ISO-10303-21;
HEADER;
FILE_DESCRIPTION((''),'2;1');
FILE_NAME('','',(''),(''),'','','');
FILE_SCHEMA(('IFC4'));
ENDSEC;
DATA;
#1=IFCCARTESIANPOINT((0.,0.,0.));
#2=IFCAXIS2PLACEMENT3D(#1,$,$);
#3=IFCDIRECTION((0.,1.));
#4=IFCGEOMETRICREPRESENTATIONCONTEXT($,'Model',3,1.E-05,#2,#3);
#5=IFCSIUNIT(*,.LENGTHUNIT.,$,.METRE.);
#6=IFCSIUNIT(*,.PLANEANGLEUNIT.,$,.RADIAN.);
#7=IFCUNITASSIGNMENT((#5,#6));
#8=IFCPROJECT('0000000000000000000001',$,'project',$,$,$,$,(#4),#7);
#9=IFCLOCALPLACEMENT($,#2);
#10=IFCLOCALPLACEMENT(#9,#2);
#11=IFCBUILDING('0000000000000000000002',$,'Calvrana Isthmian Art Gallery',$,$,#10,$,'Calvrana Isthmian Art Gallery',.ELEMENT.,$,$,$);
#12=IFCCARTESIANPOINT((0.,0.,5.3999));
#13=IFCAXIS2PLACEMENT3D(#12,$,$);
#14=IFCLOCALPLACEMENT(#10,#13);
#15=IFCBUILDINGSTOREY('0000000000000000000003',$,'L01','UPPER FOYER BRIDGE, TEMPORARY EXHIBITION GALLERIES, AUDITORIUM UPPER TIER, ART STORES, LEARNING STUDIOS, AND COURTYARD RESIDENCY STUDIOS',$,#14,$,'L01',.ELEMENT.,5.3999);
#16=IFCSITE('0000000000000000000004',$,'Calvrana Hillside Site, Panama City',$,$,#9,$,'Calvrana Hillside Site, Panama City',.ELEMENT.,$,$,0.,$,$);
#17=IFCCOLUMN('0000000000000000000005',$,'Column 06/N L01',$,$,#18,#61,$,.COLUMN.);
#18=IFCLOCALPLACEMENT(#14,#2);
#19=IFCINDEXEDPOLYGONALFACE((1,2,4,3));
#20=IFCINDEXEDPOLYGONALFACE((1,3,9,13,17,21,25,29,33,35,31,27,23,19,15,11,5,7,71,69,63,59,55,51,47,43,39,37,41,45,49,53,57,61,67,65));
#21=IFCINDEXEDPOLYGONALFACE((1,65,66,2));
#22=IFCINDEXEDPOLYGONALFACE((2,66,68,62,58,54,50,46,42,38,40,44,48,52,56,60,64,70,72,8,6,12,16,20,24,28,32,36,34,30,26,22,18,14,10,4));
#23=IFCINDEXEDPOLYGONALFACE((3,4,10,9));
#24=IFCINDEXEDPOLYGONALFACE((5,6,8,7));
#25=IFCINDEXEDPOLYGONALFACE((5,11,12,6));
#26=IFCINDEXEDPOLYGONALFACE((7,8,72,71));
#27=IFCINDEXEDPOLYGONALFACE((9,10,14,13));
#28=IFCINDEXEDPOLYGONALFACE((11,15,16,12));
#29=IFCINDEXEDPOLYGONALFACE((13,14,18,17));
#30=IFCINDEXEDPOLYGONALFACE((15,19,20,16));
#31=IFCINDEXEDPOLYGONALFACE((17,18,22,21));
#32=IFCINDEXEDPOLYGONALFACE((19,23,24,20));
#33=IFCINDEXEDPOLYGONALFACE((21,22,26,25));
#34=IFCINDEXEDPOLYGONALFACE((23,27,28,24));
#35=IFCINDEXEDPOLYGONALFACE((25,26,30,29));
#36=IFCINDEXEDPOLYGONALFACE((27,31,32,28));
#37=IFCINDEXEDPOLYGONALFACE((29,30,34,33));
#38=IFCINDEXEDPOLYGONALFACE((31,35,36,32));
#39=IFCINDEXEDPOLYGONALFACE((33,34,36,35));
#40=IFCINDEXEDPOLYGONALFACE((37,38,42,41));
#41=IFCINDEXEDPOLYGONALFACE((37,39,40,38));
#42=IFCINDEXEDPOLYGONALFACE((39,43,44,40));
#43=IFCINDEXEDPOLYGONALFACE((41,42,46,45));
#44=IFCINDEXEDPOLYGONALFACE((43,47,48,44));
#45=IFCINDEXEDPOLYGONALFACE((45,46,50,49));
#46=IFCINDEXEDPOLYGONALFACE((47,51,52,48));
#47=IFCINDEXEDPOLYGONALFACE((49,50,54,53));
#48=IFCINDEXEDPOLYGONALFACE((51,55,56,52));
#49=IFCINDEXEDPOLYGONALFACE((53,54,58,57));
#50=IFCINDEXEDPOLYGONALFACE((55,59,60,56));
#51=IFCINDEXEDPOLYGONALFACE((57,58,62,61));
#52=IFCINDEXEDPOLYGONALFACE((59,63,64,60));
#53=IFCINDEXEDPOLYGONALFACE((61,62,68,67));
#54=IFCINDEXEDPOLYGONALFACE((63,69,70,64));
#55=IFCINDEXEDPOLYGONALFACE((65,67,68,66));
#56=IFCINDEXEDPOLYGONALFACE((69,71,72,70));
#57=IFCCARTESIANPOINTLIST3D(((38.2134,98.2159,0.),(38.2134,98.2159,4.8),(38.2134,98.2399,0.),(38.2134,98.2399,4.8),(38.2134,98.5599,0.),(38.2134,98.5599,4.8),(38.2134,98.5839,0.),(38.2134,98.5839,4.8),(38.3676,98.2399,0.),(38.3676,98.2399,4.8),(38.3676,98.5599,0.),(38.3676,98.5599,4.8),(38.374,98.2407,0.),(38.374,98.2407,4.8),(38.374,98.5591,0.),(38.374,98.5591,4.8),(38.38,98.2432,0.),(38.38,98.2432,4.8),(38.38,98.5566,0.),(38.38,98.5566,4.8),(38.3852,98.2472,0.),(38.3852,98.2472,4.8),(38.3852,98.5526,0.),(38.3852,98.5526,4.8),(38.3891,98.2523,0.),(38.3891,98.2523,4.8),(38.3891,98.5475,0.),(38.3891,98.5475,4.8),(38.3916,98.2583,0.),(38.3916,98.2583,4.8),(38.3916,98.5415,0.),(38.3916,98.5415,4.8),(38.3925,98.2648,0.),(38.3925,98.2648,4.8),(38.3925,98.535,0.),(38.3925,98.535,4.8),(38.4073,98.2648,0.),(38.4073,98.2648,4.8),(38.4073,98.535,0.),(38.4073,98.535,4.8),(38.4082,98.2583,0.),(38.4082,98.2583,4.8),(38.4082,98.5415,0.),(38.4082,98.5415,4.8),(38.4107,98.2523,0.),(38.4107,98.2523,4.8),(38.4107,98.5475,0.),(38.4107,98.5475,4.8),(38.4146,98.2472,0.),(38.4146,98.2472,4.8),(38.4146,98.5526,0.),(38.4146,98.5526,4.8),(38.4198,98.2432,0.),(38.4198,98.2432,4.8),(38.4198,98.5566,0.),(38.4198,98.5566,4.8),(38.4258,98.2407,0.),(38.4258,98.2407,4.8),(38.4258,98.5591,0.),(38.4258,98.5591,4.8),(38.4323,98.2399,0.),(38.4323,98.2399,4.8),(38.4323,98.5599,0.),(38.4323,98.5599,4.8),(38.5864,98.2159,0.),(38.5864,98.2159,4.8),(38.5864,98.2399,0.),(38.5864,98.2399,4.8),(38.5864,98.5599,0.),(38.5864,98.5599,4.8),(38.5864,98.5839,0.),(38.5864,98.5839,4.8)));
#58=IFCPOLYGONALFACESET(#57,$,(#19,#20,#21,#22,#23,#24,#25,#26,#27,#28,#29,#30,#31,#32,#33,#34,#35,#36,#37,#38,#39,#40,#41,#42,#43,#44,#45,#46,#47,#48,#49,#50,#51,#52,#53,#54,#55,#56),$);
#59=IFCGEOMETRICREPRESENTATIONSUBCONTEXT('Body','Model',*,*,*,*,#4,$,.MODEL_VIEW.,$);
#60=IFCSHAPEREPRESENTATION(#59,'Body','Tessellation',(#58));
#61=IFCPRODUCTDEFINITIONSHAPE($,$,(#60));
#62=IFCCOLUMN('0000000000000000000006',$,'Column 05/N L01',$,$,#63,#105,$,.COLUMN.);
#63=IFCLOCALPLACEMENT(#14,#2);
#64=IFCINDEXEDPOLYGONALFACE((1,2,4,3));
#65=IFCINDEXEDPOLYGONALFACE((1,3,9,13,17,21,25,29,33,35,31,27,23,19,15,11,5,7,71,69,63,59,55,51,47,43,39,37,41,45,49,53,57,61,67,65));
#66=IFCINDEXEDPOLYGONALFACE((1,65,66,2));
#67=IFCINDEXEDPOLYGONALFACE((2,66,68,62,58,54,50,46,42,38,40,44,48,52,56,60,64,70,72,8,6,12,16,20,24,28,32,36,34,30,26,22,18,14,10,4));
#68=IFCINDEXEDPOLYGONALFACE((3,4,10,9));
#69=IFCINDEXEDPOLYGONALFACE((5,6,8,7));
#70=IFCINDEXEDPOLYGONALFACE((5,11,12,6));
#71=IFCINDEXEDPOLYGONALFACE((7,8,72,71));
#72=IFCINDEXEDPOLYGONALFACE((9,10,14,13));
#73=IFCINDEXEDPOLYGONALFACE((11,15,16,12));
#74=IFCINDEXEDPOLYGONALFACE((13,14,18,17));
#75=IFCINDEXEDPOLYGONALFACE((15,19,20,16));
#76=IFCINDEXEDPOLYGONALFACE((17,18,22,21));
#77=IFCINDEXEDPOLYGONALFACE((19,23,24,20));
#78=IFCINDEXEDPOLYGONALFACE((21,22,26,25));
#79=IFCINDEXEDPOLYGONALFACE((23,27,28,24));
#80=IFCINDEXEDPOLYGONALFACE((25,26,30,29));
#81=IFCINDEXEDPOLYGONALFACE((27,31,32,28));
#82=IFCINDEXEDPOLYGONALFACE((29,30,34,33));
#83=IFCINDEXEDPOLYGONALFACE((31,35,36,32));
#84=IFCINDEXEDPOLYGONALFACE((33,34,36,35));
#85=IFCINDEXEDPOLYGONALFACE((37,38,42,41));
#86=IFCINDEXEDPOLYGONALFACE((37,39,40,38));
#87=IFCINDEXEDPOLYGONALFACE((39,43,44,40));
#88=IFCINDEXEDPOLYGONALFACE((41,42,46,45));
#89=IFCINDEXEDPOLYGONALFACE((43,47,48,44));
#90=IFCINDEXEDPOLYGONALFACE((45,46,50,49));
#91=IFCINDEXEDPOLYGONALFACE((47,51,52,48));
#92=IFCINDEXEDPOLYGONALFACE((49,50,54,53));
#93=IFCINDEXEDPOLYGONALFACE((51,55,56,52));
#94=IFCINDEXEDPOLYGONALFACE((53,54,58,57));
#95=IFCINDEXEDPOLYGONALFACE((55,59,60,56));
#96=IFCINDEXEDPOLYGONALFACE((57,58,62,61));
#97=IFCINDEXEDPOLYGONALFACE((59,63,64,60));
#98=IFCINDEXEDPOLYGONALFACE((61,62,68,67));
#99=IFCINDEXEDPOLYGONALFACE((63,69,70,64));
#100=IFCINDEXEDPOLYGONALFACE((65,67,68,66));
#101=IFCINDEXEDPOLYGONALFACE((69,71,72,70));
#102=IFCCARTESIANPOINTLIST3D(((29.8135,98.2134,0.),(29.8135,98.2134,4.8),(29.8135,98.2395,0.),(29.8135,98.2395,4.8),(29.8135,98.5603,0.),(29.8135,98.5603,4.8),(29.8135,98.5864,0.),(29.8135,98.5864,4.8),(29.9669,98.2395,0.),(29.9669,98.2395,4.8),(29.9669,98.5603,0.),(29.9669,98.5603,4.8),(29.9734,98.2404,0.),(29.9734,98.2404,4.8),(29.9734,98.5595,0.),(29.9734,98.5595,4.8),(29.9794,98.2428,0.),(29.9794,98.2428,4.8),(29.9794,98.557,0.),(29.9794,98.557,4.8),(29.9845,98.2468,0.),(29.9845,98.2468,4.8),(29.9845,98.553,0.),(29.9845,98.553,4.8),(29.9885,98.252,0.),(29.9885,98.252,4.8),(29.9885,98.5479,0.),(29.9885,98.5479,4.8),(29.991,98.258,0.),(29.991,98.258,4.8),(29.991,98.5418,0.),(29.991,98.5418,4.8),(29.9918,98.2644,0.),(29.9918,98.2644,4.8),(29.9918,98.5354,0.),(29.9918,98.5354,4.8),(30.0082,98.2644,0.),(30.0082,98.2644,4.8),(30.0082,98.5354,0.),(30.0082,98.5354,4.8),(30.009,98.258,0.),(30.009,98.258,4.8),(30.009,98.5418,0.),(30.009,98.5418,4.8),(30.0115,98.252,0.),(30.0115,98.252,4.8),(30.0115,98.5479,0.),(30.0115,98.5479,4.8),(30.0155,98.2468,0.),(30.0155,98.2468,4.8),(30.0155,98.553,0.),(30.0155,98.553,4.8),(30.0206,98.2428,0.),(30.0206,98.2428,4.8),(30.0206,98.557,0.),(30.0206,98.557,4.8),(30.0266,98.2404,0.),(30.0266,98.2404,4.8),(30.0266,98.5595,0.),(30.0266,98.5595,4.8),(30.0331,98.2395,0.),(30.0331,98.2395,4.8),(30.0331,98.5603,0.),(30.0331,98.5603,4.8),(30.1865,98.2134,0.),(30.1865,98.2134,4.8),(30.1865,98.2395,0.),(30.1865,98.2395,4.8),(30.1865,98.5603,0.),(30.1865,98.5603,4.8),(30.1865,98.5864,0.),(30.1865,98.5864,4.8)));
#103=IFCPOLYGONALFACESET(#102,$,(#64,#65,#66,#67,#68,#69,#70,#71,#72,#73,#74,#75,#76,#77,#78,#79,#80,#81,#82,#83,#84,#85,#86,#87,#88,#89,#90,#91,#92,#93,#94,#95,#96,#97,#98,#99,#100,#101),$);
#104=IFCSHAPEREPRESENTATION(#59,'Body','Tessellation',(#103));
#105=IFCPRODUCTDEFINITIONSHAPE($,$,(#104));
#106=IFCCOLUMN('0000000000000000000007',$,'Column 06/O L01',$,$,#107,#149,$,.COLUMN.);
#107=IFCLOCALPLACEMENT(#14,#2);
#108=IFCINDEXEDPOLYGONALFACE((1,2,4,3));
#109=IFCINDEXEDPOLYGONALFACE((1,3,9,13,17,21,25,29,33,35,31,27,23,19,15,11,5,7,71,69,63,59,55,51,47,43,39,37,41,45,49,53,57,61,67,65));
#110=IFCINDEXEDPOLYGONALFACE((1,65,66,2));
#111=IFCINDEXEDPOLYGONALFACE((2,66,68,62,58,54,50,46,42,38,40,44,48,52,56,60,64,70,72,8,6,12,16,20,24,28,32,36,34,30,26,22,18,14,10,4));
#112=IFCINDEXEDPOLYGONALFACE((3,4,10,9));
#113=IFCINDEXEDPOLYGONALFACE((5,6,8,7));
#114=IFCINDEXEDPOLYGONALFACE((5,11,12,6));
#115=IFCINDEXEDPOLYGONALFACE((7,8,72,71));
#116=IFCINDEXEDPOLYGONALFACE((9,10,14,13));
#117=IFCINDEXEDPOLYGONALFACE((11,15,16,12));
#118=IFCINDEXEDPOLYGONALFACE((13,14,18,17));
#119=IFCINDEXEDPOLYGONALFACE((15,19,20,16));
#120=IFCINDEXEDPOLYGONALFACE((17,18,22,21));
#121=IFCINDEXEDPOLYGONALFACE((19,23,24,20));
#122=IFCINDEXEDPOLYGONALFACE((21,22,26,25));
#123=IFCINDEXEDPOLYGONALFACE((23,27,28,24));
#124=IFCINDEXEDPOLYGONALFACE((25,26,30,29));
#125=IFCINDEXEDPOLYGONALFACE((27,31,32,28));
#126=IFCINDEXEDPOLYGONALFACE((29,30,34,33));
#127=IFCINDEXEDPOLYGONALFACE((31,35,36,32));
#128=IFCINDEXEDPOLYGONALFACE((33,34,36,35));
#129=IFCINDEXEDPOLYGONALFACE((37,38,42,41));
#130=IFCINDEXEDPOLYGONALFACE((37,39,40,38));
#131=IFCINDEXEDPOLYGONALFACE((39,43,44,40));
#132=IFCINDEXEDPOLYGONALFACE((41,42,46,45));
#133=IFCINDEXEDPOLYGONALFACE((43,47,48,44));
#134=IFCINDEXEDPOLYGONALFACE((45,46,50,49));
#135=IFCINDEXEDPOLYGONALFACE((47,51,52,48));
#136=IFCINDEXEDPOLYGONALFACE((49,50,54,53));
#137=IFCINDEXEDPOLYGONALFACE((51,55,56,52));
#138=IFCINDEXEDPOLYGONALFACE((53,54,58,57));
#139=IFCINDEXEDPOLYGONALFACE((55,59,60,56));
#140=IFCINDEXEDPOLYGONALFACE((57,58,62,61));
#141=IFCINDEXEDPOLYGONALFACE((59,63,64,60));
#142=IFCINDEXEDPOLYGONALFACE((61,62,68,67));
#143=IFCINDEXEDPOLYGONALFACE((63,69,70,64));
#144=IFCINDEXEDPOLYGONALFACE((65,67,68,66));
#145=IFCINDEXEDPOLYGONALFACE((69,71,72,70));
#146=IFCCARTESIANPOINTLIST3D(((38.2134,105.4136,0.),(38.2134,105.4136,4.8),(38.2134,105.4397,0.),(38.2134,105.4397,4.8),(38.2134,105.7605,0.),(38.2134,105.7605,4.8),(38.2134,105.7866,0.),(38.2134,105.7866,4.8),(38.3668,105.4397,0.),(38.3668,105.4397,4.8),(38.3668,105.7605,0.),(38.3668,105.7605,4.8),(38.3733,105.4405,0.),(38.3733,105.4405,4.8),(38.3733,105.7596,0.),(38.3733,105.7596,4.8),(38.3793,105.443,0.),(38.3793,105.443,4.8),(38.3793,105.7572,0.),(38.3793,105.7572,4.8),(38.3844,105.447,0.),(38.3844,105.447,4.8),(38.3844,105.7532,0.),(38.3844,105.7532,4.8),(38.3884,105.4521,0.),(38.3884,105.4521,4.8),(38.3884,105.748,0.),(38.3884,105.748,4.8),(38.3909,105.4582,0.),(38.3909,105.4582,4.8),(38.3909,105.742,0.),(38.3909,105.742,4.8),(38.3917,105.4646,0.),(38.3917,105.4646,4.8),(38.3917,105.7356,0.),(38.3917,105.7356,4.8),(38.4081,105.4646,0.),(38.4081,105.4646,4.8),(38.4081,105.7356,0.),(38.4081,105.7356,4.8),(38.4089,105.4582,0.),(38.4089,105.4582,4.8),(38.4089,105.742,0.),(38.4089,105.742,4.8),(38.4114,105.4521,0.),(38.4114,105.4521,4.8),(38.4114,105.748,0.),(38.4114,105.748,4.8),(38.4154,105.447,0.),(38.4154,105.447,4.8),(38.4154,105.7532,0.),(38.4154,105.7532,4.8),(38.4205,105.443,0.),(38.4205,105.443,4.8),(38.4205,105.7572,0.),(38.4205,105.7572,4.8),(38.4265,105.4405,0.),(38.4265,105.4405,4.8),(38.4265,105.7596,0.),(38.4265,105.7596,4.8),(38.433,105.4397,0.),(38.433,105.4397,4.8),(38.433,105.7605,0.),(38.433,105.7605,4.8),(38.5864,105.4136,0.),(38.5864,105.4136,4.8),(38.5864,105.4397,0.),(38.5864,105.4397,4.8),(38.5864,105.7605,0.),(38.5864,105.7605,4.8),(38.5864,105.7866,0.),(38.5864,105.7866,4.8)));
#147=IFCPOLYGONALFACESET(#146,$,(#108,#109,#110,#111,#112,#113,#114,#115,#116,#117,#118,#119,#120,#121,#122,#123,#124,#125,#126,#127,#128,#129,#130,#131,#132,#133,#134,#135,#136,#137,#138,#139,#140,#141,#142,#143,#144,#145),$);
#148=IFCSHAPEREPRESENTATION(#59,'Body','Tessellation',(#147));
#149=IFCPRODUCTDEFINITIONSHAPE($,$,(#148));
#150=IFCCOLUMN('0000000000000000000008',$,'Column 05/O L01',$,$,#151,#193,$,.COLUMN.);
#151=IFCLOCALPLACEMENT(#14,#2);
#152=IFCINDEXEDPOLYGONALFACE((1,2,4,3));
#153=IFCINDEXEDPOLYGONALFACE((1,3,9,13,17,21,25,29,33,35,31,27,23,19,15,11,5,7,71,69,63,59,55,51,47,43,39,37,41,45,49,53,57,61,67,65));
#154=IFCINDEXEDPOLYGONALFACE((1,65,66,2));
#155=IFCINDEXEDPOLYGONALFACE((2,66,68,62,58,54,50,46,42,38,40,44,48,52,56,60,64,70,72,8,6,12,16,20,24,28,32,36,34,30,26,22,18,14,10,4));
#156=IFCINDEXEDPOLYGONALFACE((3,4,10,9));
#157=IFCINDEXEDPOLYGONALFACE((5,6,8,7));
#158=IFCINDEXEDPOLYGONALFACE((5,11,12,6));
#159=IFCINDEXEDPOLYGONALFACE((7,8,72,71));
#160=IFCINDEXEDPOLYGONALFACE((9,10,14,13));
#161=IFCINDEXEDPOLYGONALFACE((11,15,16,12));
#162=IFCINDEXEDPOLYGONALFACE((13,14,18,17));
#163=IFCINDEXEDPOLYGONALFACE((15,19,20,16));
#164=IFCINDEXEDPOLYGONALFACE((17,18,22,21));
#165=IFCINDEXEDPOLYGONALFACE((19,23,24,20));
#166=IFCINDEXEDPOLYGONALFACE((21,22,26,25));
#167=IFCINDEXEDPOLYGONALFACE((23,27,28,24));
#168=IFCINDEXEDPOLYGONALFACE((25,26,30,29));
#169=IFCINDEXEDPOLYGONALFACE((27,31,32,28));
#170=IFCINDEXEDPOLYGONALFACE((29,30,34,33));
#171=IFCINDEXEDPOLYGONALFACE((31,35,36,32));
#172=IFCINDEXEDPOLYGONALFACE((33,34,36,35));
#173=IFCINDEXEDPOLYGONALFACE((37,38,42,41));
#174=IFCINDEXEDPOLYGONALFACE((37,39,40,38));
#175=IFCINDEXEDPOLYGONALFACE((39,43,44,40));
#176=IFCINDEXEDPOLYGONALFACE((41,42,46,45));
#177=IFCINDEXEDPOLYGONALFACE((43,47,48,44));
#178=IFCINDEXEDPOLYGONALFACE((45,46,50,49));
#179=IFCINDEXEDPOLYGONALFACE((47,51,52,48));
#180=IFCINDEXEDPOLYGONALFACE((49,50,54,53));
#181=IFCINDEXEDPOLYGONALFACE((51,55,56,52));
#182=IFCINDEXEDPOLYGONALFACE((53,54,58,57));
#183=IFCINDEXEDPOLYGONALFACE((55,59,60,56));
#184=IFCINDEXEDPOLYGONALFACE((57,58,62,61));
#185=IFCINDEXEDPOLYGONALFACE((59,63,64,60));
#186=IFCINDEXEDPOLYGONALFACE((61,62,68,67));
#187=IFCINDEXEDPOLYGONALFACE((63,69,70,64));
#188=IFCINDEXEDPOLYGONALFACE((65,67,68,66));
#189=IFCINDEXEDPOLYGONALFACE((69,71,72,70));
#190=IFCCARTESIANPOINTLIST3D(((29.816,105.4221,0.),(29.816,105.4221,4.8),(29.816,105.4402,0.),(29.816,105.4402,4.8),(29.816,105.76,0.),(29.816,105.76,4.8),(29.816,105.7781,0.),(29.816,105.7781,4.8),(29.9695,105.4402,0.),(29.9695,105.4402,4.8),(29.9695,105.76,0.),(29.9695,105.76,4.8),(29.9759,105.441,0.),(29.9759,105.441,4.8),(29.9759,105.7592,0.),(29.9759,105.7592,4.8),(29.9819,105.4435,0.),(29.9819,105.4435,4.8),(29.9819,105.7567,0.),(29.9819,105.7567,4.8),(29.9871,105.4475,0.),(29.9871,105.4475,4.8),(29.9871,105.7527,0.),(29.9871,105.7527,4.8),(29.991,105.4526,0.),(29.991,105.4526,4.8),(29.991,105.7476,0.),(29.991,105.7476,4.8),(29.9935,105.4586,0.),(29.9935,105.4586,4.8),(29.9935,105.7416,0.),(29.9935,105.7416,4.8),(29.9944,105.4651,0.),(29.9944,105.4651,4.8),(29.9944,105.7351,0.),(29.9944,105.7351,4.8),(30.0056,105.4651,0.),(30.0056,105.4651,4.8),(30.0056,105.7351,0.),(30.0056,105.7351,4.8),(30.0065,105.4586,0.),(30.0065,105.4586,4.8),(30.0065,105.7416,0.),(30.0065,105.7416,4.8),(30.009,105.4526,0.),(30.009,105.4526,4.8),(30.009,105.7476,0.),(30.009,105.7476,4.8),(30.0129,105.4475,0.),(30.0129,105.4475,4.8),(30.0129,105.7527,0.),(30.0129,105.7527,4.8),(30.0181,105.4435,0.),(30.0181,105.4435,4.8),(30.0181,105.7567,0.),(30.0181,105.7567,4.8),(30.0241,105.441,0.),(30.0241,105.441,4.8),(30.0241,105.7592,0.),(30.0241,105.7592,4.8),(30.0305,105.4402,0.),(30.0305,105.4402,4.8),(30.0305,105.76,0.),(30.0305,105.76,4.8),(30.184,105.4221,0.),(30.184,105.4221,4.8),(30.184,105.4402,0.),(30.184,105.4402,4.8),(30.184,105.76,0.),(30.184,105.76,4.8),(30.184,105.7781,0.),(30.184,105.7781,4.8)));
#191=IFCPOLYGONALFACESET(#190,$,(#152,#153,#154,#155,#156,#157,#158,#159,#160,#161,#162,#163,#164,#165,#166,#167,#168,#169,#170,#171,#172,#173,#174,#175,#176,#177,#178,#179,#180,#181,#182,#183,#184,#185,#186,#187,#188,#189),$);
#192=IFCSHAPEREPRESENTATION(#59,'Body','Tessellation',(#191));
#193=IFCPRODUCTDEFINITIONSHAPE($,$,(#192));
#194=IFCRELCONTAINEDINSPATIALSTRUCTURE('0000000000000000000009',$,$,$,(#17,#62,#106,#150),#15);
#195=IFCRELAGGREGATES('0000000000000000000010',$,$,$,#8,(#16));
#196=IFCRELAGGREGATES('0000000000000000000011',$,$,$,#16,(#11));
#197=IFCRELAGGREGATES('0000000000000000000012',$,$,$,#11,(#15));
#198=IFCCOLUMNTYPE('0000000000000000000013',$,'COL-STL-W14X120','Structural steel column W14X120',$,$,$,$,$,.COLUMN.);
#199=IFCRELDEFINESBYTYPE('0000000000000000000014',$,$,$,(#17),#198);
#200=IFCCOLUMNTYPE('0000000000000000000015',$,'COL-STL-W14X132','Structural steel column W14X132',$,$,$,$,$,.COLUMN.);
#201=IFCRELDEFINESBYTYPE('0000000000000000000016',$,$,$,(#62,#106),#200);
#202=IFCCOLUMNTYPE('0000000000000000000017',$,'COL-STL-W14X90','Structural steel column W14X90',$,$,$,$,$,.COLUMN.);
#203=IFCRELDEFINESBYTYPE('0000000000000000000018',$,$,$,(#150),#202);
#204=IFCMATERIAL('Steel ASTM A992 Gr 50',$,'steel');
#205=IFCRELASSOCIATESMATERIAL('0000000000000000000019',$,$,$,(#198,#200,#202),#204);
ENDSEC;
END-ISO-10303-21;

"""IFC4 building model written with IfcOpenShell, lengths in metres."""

from ifc_helpers import new_model, si_unit, direction, frame, origin, origin_2d, place, context, subcontext, project, spatial, i_section, extrude, material, material_profile, profile_set, type_object, element, save


model = new_model("IFC4")

# Units and contexts
model_context = context("Model", 3, precision=1e-05, world=origin(), true_north=direction((0.0, 1.0)))
body_context = subcontext(model_context, "Body", "Model", "MODEL_VIEW")
ifc_project = project(units=[si_unit("LENGTHUNIT", "METRE"), si_unit("PLANEANGLEUNIT", "RADIAN")], contexts=[model_context])

# Site, building, storey
site_placement = place(None, origin())
site = spatial("IfcSite", under=ifc_project, at=site_placement, Name="Calvrana Hillside Site, Panama City", LongName="Calvrana Hillside Site, Panama City", CompositionType="ELEMENT", RefElevation=0.0)
building_placement = place(site_placement, origin())
building = spatial("IfcBuilding", under=site, at=building_placement, Name="Calvrana Isthmian Art Gallery", LongName="Calvrana Isthmian Art Gallery", CompositionType="ELEMENT")
storey_placement = place(building_placement, frame((0.0, 0.0, 5.3999)))
storey = spatial("IfcBuildingStorey", under=building, at=storey_placement, Name="L01", Description="UPPER FOYER BRIDGE, TEMPORARY EXHIBITION GALLERIES, AUDITORIUM UPPER TIER, ART STORES, LEARNING STUDIOS, AND COURTYARD RESIDENCY STUDIOS", LongName="L01", CompositionType="ELEMENT", Elevation=5.3999)

# Columns
ifc_material_1 = material(Name="Steel ASTM A992 Gr 50", Category="steel")
ifc_material_profile_1 = material_profile(ifc_material_1, i_section(OverallWidth=0.373, OverallDepth=0.3679, WebThickness=0.0149, FlangeThickness=0.0239, FilletRadius=0.0249, at=origin_2d()), Name="W14X120")
ifc_profile_set_1 = profile_set([ifc_material_profile_1], Name="Steel ASTM A992 Gr 50")
column_type_1 = type_object("IfcColumnType", Name="COL-STL-W14X120", Description="Structural steel column W14X120", PredefinedType="COLUMN", material=ifc_profile_set_1)
column_1_placement = place(storey_placement, frame((38.3999, 98.3999, 0.0), z_axis=(0.0, 0.0, 1.0), x_axis=(1.0, 0.0, 0.0)))
element("IfcColumn", 1, at=column_1_placement, inside=storey, type_object=column_type_1, Name="Column 06/N L01", PredefinedType="COLUMN", context=body_context, shape_type="SweptSolid", body=[
    extrude(i_section(OverallWidth=0.373, OverallDepth=0.3679, WebThickness=0.0149, FlangeThickness=0.0239, FilletRadius=0.0249, at=origin_2d()), origin(), (0.0, 0.0, 1.0), 4.8),
])
ifc_material_profile_2 = material_profile(ifc_material_1, i_section(OverallWidth=0.373, OverallDepth=0.373, WebThickness=0.0164, FlangeThickness=0.0261, FilletRadius=0.0249, at=origin_2d()), Name="W14X132")
ifc_profile_set_2 = profile_set([ifc_material_profile_2], Name="Steel ASTM A992 Gr 50")
column_type_2 = type_object("IfcColumnType", Name="COL-STL-W14X132", Description="Structural steel column W14X132", PredefinedType="COLUMN", material=ifc_profile_set_2)
for number, where, z_axis, x_axis, name in (
    (2, (30.0, 98.3999, 0.0), (0.0, 0.0, 1.0), (1.0, 0.0, 0.0), "Column 05/N L01"),
    (3, (38.3999, 105.6001, 0.0), (0.0, 0.0, 1.0), (1.0, 0.0, 0.0), "Column 06/O L01"),
):
    element("IfcColumn", number, at=place(storey_placement, frame(where, z_axis=z_axis, x_axis=x_axis)), inside=storey, type_object=column_type_2, Name=name, PredefinedType="COLUMN", context=body_context, shape_type="SweptSolid", body=[
        extrude(i_section(OverallWidth=0.373, OverallDepth=0.373, WebThickness=0.0164, FlangeThickness=0.0261, FilletRadius=0.0249, at=origin_2d()), origin(), (0.0, 0.0, 1.0), 4.8),
    ])
ifc_material_profile_3 = material_profile(ifc_material_1, i_section(OverallWidth=0.3679, OverallDepth=0.356, WebThickness=0.0112, FlangeThickness=0.0181, FilletRadius=0.0249, at=origin_2d()), Name="W14X90")
ifc_profile_set_3 = profile_set([ifc_material_profile_3], Name="Steel ASTM A992 Gr 50")
column_type_3 = type_object("IfcColumnType", Name="COL-STL-W14X90", Description="Structural steel column W14X90", PredefinedType="COLUMN", material=ifc_profile_set_3)
column_2_placement = place(storey_placement, frame((30.0, 105.6001, 0.0), z_axis=(0.0, 0.0, 1.0), x_axis=(1.0, 0.0, 0.0)))
element("IfcColumn", 4, at=column_2_placement, inside=storey, type_object=column_type_3, Name="Column 05/O L01", PredefinedType="COLUMN", context=body_context, shape_type="SweptSolid", body=[
    extrude(i_section(OverallWidth=0.3679, OverallDepth=0.356, WebThickness=0.0112, FlangeThickness=0.0181, FilletRadius=0.0249, at=origin_2d()), origin(), (0.0, 0.0, 1.0), 4.8),
])

save(model, "model.ifc")
